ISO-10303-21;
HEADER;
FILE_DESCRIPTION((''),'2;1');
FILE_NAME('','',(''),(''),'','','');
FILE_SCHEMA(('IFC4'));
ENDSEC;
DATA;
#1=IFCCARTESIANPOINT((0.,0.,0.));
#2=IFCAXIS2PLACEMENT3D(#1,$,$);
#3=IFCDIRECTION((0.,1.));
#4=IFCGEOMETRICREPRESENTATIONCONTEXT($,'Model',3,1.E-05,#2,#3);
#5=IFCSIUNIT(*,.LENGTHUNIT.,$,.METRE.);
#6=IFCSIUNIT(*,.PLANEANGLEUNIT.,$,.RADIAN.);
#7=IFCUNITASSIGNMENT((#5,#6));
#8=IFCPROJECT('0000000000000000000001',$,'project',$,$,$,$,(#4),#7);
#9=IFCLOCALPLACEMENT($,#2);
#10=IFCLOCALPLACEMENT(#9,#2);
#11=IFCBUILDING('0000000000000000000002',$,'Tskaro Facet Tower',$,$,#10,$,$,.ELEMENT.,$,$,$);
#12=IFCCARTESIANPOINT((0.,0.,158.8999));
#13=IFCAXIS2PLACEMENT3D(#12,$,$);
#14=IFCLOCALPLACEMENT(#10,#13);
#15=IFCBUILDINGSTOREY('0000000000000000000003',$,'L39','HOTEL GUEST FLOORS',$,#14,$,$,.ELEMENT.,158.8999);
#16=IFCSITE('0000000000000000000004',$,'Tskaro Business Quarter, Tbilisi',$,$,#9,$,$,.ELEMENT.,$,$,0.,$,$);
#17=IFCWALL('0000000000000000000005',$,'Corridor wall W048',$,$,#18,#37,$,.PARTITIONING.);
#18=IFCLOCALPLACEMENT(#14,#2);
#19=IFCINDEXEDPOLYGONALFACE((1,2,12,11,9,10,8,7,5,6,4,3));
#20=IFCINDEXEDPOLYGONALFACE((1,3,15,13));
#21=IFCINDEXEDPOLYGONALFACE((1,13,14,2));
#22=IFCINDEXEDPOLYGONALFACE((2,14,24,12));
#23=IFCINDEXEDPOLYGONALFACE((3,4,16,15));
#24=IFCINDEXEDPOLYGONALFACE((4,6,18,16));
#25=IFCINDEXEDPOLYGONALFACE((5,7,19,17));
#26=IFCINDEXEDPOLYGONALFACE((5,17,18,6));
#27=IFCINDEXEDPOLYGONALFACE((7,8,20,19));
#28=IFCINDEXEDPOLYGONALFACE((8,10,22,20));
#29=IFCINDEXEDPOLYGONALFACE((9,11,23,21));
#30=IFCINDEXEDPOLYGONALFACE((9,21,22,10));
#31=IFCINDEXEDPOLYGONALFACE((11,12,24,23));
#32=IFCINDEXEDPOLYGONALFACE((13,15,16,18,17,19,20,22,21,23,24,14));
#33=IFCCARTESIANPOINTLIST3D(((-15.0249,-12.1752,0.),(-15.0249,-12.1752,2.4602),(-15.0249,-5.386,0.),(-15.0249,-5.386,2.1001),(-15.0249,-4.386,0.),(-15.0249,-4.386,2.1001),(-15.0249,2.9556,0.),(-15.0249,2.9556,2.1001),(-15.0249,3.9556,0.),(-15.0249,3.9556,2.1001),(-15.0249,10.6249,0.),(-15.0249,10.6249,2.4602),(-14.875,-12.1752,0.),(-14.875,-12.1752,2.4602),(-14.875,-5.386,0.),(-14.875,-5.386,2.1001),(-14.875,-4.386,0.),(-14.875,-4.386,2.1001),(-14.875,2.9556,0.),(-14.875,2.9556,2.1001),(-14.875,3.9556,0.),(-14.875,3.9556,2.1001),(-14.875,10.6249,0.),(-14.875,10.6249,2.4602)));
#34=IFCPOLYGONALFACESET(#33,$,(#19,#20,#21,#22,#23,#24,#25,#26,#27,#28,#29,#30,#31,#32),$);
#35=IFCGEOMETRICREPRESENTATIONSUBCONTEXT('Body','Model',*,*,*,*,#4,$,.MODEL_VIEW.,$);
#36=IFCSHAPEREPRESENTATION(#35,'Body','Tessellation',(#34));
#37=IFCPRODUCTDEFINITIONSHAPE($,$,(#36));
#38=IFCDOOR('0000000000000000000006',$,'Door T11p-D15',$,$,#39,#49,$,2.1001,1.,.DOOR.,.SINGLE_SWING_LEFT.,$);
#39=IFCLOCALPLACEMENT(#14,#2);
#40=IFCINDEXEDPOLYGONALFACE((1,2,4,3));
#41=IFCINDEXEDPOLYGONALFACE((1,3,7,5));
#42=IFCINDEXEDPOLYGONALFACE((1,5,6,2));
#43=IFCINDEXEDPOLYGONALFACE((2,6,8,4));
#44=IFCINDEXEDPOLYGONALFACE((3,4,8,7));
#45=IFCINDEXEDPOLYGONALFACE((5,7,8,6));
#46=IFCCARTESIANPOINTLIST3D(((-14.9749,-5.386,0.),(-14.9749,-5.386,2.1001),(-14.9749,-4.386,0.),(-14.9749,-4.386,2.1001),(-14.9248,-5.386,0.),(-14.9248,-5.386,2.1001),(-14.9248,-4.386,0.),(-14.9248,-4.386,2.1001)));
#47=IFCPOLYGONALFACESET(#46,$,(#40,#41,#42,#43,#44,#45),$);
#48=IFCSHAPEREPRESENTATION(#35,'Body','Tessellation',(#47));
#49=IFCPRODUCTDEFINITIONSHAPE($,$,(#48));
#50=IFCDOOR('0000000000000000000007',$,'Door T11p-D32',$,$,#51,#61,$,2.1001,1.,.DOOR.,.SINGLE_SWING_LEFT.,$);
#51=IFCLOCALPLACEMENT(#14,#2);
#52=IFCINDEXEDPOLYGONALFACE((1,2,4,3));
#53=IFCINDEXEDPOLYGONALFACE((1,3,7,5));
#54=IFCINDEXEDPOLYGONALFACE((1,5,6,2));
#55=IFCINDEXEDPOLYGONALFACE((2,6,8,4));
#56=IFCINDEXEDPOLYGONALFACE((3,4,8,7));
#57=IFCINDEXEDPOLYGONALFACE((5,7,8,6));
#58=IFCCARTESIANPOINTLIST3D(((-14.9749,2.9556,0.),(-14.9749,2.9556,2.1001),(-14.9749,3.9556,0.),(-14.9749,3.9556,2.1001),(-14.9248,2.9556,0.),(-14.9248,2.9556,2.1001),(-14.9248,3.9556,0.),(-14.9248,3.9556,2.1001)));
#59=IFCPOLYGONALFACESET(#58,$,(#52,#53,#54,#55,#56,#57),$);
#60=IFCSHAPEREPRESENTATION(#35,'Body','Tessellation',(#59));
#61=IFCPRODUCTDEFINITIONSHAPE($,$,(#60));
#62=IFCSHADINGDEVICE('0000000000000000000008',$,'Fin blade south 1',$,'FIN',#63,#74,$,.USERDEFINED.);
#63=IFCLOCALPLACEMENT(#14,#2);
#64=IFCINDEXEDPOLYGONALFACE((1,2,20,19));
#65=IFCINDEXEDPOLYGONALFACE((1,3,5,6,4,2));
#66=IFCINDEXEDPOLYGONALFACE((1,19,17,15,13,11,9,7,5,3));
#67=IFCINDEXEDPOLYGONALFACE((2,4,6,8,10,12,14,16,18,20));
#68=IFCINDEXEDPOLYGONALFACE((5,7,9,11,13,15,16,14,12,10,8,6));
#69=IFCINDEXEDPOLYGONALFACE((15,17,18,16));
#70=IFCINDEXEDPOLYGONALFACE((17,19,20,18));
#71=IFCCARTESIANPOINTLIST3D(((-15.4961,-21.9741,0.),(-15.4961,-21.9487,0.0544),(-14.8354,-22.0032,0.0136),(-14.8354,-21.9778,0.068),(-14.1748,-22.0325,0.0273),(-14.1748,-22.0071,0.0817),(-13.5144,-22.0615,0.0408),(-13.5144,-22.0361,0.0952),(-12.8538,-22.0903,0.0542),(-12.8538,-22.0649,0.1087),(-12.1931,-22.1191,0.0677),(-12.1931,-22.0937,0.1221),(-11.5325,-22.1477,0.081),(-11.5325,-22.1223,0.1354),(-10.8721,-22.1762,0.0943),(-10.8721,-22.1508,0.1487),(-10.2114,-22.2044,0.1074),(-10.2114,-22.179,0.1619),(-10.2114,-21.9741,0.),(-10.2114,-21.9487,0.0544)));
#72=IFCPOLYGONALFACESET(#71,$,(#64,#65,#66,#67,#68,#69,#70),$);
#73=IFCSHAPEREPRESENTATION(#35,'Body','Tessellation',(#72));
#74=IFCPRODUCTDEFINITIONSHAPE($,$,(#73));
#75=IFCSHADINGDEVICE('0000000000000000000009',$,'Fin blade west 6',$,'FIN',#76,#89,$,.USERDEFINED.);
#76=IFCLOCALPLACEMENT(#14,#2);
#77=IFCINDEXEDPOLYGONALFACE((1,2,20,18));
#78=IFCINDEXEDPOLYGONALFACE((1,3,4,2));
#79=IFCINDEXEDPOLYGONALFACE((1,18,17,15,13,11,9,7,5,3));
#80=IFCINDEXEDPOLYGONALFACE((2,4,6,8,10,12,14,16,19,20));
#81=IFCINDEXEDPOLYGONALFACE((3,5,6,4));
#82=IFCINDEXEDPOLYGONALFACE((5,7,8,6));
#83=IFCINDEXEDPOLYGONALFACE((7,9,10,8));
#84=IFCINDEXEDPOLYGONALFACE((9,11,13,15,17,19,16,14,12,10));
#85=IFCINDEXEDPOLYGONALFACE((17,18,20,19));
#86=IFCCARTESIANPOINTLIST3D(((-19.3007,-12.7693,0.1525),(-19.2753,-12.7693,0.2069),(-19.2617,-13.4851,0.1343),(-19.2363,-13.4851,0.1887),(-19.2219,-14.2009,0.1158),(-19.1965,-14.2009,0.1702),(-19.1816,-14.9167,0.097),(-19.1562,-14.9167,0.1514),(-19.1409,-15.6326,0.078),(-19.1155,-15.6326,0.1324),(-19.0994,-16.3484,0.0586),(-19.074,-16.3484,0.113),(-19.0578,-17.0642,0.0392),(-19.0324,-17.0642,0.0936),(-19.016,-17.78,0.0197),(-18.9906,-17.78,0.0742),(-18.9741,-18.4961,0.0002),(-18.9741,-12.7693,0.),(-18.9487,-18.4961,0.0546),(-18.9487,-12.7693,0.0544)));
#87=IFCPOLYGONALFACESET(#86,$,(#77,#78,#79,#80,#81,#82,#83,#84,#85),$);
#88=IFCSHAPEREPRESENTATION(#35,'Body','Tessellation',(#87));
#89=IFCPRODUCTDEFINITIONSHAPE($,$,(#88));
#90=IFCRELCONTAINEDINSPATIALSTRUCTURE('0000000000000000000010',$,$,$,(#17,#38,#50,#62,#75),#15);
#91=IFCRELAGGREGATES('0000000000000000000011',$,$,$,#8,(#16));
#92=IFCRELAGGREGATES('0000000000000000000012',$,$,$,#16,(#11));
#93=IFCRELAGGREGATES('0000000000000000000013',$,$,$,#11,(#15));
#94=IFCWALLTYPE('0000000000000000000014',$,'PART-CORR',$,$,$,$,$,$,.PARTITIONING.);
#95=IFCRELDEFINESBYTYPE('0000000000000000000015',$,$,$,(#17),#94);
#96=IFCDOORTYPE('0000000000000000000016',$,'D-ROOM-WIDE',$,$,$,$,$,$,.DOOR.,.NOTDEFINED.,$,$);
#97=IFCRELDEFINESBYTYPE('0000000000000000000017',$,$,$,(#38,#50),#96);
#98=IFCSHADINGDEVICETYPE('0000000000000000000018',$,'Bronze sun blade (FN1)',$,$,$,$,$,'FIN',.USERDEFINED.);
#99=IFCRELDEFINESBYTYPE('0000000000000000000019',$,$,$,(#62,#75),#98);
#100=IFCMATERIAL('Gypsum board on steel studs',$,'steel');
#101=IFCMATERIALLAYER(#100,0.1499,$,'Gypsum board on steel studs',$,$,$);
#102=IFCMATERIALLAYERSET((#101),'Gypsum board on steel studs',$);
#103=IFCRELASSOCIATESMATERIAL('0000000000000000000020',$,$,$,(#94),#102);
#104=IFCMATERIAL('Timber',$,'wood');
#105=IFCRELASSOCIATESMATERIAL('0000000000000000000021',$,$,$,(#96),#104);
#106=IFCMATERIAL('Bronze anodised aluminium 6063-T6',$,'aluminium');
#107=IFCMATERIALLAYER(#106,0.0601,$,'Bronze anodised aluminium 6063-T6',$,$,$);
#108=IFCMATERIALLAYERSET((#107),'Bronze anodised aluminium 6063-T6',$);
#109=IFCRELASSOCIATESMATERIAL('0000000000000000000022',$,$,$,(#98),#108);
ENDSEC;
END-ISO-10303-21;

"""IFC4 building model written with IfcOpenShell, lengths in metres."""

from ifc_helpers import new_model, si_unit, direction, frame, frame_2d, origin, place, context, subcontext, project, spatial, polyline, rectangle, outline, extrude, material, layer, layer_set, type_object, element, fill, save


model = new_model("IFC4")

# Units and contexts
model_context = context("Model", 3, precision=1e-05, world=origin(), true_north=direction((0.0, 1.0)))
body_context = subcontext(model_context, "Body", "Model", "MODEL_VIEW")
ifc_project = project(units=[si_unit("LENGTHUNIT", "METRE"), si_unit("PLANEANGLEUNIT", "RADIAN")], contexts=[model_context])

# Site, building, storey
site_placement = place(None, origin())
site = spatial("IfcSite", under=ifc_project, at=site_placement, Name="Tskaro Business Quarter, Tbilisi", CompositionType="ELEMENT", RefElevation=0.0)
building_placement = place(site_placement, origin())
building = spatial("IfcBuilding", under=site, at=building_placement, Name="Tskaro Facet Tower", CompositionType="ELEMENT")
storey_placement = place(building_placement, frame((0.0, 0.0, 158.8999)))
storey = spatial("IfcBuildingStorey", under=building, at=storey_placement, Name="L39", Description="HOTEL GUEST FLOORS", CompositionType="ELEMENT", Elevation=158.8999)

# Shared definitions
ifc_material_1 = material(Name="Bronze anodised aluminium 6063-T6", Category="aluminium")

# Shared definitions
ifc_material_2 = material(Name="Gypsum board on steel studs", Category="steel")

# Shared definitions
ifc_layer_1 = layer(ifc_material_2, 0.1499, Name="Gypsum board on steel studs")
ifc_layer_set_1 = layer_set([ifc_layer_1], Name="Gypsum board on steel studs")
wall_type_1 = type_object("IfcWallType", Name="PART-CORR", PredefinedType="PARTITIONING", material=ifc_layer_set_1)
ifc_material_3 = material(Name="Timber", Category="wood")

# Wall, openings, doors
wall_1_placement = place(storey_placement, frame((-14.95, -12.175, 0.0), z_axis=(0.0, 0.0, 1.0), x_axis=(0.0, 1.0, 0.0)))
wall_1 = element("IfcWall", 1, at=wall_1_placement, inside=storey, type_object=wall_type_1, Name="Corridor wall W048", PredefinedType="PARTITIONING", context=body_context, shape_type="SweptSolid", body=[
    extrude(rectangle(XDim=22.8, YDim=0.1499, at=frame_2d((11.3999, 0.0))), origin(), (0.0, 0.0, 1.0), 2.4602),
])
opening_1_placement = place(wall_1_placement, frame((6.7891, 0.0, 0.0)))
opening_1 = element("IfcOpeningElement", 2, at=opening_1_placement, cuts=wall_1, PredefinedType="OPENING", context=body_context, shape_type="SweptSolid", body=[
    extrude(rectangle(XDim=1.0, YDim=2.1001, at=frame_2d((0.5, 1.05))), frame((0.0, 0.085, 0.0), z_axis=(0.0, -1.0, 0.0), x_axis=(1.0, 0.0, 0.0)), (0.0, 0.0, 1.0), 0.1699),
])
opening_2_placement = place(wall_1_placement, frame((15.1306, 0.0, 0.0)))
opening_2 = element("IfcOpeningElement", 3, at=opening_2_placement, cuts=wall_1, PredefinedType="OPENING", context=body_context, shape_type="SweptSolid", body=[
    extrude(rectangle(XDim=1.0, YDim=2.1001, at=frame_2d((0.5, 1.05))), frame((0.0, 0.085, 0.0), z_axis=(0.0, -1.0, 0.0), x_axis=(1.0, 0.0, 0.0)), (0.0, 0.0, 1.0), 0.1699),
])
door_type_1 = type_object("IfcDoorType", Name="D-ROOM-WIDE", OperationType="NOTDEFINED", PredefinedType="DOOR", material=ifc_material_3)
door_1_placement = place(opening_1_placement, origin())
door_1 = element("IfcDoor", 4, at=door_1_placement, inside=storey, type_object=door_type_1, Name="Door T11p-D15", OperationType="SINGLE_SWING_LEFT", OverallHeight=2.1001, OverallWidth=1.0, PredefinedType="DOOR", context=body_context, shape_type="SweptSolid", body=[
    extrude(rectangle(XDim=1.0, YDim=2.1001, at=frame_2d((0.5, 1.05))), frame((0.0, 0.0249, 0.0), z_axis=(0.0, -1.0, 0.0), x_axis=(1.0, 0.0, 0.0)), (0.0, 0.0, 1.0), 0.05),
])
fill(opening_1, door_1)
door_2_placement = place(opening_2_placement, origin())
door_2 = element("IfcDoor", 5, at=door_2_placement, inside=storey, type_object=door_type_1, Name="Door T11p-D32", OperationType="SINGLE_SWING_LEFT", OverallHeight=2.1001, OverallWidth=1.0, PredefinedType="DOOR", context=body_context, shape_type="SweptSolid", body=[
    extrude(rectangle(XDim=1.0, YDim=2.1001, at=frame_2d((0.5, 1.05))), frame((0.0, 0.0249, 0.0), z_axis=(0.0, -1.0, 0.0), x_axis=(1.0, 0.0, 0.0)), (0.0, 0.0, 1.0), 0.05),
])
fill(opening_2, door_2)

# Shading devices
ifc_layer_2 = layer(ifc_material_1, 0.0601, Name="Bronze anodised aluminium 6063-T6")
ifc_layer_set_2 = layer_set([ifc_layer_2], Name="Bronze anodised aluminium 6063-T6")
shading_device_type = type_object("IfcShadingDeviceType", Name="Bronze sun blade (FN1)", ElementType="FIN", PredefinedType="USERDEFINED", material=ifc_layer_set_2)
shading_device_1_placement = place(storey_placement, frame((-15.4961, -21.9487, 0.0544), z_axis=(0.000006, 0.422944, 0.906156), x_axis=(1.0, -0.000003, -0.000006)))
element("IfcShadingDevice", 6, at=shading_device_1_placement, inside=storey, type_object=shading_device_type, Name="Fin blade south 1", ObjectType="FIN", PredefinedType="USERDEFINED", context=body_context, shape_type="SweptSolid", body=[
    extrude(outline(polyline([(0.0, 0.0), (5.2847, 0.0), (5.2847, -0.2541), (4.624, -0.223), (3.9636, -0.1916), (3.303, -0.16), (2.6423, -0.1282), (1.9817, -0.0964), (1.3213, -0.0644), (0.6606, -0.0321), (0.0, 0.0)])), origin(), (0.0, 0.0, -1.0), 0.0601),
])
shading_device_2_placement = place(storey_placement, frame((-18.9487, -12.7693, 0.0544), z_axis=(0.423059, 0.000027, 0.906102), x_axis=(0.000012, -1.0, 0.000025)))
element("IfcShadingDevice", 7, at=shading_device_2_placement, inside=storey, type_object=shading_device_type, Name="Fin blade west 6", ObjectType="FIN", PredefinedType="USERDEFINED", context=body_context, shape_type="SweptSolid", body=[
    extrude(outline(polyline([(0.0, 0.0), (5.7268, 0.0), (5.0107, -0.0463), (4.2949, -0.0924), (3.5791, -0.1383), (2.8633, -0.184), (2.1475, -0.229), (1.4316, -0.2735), (0.7158, -0.3174), (0.0, -0.3604), (0.0, 0.0)])), origin(), (0.0, 0.0, -1.0), 0.0601),
])

save(model, "model.ifc")
